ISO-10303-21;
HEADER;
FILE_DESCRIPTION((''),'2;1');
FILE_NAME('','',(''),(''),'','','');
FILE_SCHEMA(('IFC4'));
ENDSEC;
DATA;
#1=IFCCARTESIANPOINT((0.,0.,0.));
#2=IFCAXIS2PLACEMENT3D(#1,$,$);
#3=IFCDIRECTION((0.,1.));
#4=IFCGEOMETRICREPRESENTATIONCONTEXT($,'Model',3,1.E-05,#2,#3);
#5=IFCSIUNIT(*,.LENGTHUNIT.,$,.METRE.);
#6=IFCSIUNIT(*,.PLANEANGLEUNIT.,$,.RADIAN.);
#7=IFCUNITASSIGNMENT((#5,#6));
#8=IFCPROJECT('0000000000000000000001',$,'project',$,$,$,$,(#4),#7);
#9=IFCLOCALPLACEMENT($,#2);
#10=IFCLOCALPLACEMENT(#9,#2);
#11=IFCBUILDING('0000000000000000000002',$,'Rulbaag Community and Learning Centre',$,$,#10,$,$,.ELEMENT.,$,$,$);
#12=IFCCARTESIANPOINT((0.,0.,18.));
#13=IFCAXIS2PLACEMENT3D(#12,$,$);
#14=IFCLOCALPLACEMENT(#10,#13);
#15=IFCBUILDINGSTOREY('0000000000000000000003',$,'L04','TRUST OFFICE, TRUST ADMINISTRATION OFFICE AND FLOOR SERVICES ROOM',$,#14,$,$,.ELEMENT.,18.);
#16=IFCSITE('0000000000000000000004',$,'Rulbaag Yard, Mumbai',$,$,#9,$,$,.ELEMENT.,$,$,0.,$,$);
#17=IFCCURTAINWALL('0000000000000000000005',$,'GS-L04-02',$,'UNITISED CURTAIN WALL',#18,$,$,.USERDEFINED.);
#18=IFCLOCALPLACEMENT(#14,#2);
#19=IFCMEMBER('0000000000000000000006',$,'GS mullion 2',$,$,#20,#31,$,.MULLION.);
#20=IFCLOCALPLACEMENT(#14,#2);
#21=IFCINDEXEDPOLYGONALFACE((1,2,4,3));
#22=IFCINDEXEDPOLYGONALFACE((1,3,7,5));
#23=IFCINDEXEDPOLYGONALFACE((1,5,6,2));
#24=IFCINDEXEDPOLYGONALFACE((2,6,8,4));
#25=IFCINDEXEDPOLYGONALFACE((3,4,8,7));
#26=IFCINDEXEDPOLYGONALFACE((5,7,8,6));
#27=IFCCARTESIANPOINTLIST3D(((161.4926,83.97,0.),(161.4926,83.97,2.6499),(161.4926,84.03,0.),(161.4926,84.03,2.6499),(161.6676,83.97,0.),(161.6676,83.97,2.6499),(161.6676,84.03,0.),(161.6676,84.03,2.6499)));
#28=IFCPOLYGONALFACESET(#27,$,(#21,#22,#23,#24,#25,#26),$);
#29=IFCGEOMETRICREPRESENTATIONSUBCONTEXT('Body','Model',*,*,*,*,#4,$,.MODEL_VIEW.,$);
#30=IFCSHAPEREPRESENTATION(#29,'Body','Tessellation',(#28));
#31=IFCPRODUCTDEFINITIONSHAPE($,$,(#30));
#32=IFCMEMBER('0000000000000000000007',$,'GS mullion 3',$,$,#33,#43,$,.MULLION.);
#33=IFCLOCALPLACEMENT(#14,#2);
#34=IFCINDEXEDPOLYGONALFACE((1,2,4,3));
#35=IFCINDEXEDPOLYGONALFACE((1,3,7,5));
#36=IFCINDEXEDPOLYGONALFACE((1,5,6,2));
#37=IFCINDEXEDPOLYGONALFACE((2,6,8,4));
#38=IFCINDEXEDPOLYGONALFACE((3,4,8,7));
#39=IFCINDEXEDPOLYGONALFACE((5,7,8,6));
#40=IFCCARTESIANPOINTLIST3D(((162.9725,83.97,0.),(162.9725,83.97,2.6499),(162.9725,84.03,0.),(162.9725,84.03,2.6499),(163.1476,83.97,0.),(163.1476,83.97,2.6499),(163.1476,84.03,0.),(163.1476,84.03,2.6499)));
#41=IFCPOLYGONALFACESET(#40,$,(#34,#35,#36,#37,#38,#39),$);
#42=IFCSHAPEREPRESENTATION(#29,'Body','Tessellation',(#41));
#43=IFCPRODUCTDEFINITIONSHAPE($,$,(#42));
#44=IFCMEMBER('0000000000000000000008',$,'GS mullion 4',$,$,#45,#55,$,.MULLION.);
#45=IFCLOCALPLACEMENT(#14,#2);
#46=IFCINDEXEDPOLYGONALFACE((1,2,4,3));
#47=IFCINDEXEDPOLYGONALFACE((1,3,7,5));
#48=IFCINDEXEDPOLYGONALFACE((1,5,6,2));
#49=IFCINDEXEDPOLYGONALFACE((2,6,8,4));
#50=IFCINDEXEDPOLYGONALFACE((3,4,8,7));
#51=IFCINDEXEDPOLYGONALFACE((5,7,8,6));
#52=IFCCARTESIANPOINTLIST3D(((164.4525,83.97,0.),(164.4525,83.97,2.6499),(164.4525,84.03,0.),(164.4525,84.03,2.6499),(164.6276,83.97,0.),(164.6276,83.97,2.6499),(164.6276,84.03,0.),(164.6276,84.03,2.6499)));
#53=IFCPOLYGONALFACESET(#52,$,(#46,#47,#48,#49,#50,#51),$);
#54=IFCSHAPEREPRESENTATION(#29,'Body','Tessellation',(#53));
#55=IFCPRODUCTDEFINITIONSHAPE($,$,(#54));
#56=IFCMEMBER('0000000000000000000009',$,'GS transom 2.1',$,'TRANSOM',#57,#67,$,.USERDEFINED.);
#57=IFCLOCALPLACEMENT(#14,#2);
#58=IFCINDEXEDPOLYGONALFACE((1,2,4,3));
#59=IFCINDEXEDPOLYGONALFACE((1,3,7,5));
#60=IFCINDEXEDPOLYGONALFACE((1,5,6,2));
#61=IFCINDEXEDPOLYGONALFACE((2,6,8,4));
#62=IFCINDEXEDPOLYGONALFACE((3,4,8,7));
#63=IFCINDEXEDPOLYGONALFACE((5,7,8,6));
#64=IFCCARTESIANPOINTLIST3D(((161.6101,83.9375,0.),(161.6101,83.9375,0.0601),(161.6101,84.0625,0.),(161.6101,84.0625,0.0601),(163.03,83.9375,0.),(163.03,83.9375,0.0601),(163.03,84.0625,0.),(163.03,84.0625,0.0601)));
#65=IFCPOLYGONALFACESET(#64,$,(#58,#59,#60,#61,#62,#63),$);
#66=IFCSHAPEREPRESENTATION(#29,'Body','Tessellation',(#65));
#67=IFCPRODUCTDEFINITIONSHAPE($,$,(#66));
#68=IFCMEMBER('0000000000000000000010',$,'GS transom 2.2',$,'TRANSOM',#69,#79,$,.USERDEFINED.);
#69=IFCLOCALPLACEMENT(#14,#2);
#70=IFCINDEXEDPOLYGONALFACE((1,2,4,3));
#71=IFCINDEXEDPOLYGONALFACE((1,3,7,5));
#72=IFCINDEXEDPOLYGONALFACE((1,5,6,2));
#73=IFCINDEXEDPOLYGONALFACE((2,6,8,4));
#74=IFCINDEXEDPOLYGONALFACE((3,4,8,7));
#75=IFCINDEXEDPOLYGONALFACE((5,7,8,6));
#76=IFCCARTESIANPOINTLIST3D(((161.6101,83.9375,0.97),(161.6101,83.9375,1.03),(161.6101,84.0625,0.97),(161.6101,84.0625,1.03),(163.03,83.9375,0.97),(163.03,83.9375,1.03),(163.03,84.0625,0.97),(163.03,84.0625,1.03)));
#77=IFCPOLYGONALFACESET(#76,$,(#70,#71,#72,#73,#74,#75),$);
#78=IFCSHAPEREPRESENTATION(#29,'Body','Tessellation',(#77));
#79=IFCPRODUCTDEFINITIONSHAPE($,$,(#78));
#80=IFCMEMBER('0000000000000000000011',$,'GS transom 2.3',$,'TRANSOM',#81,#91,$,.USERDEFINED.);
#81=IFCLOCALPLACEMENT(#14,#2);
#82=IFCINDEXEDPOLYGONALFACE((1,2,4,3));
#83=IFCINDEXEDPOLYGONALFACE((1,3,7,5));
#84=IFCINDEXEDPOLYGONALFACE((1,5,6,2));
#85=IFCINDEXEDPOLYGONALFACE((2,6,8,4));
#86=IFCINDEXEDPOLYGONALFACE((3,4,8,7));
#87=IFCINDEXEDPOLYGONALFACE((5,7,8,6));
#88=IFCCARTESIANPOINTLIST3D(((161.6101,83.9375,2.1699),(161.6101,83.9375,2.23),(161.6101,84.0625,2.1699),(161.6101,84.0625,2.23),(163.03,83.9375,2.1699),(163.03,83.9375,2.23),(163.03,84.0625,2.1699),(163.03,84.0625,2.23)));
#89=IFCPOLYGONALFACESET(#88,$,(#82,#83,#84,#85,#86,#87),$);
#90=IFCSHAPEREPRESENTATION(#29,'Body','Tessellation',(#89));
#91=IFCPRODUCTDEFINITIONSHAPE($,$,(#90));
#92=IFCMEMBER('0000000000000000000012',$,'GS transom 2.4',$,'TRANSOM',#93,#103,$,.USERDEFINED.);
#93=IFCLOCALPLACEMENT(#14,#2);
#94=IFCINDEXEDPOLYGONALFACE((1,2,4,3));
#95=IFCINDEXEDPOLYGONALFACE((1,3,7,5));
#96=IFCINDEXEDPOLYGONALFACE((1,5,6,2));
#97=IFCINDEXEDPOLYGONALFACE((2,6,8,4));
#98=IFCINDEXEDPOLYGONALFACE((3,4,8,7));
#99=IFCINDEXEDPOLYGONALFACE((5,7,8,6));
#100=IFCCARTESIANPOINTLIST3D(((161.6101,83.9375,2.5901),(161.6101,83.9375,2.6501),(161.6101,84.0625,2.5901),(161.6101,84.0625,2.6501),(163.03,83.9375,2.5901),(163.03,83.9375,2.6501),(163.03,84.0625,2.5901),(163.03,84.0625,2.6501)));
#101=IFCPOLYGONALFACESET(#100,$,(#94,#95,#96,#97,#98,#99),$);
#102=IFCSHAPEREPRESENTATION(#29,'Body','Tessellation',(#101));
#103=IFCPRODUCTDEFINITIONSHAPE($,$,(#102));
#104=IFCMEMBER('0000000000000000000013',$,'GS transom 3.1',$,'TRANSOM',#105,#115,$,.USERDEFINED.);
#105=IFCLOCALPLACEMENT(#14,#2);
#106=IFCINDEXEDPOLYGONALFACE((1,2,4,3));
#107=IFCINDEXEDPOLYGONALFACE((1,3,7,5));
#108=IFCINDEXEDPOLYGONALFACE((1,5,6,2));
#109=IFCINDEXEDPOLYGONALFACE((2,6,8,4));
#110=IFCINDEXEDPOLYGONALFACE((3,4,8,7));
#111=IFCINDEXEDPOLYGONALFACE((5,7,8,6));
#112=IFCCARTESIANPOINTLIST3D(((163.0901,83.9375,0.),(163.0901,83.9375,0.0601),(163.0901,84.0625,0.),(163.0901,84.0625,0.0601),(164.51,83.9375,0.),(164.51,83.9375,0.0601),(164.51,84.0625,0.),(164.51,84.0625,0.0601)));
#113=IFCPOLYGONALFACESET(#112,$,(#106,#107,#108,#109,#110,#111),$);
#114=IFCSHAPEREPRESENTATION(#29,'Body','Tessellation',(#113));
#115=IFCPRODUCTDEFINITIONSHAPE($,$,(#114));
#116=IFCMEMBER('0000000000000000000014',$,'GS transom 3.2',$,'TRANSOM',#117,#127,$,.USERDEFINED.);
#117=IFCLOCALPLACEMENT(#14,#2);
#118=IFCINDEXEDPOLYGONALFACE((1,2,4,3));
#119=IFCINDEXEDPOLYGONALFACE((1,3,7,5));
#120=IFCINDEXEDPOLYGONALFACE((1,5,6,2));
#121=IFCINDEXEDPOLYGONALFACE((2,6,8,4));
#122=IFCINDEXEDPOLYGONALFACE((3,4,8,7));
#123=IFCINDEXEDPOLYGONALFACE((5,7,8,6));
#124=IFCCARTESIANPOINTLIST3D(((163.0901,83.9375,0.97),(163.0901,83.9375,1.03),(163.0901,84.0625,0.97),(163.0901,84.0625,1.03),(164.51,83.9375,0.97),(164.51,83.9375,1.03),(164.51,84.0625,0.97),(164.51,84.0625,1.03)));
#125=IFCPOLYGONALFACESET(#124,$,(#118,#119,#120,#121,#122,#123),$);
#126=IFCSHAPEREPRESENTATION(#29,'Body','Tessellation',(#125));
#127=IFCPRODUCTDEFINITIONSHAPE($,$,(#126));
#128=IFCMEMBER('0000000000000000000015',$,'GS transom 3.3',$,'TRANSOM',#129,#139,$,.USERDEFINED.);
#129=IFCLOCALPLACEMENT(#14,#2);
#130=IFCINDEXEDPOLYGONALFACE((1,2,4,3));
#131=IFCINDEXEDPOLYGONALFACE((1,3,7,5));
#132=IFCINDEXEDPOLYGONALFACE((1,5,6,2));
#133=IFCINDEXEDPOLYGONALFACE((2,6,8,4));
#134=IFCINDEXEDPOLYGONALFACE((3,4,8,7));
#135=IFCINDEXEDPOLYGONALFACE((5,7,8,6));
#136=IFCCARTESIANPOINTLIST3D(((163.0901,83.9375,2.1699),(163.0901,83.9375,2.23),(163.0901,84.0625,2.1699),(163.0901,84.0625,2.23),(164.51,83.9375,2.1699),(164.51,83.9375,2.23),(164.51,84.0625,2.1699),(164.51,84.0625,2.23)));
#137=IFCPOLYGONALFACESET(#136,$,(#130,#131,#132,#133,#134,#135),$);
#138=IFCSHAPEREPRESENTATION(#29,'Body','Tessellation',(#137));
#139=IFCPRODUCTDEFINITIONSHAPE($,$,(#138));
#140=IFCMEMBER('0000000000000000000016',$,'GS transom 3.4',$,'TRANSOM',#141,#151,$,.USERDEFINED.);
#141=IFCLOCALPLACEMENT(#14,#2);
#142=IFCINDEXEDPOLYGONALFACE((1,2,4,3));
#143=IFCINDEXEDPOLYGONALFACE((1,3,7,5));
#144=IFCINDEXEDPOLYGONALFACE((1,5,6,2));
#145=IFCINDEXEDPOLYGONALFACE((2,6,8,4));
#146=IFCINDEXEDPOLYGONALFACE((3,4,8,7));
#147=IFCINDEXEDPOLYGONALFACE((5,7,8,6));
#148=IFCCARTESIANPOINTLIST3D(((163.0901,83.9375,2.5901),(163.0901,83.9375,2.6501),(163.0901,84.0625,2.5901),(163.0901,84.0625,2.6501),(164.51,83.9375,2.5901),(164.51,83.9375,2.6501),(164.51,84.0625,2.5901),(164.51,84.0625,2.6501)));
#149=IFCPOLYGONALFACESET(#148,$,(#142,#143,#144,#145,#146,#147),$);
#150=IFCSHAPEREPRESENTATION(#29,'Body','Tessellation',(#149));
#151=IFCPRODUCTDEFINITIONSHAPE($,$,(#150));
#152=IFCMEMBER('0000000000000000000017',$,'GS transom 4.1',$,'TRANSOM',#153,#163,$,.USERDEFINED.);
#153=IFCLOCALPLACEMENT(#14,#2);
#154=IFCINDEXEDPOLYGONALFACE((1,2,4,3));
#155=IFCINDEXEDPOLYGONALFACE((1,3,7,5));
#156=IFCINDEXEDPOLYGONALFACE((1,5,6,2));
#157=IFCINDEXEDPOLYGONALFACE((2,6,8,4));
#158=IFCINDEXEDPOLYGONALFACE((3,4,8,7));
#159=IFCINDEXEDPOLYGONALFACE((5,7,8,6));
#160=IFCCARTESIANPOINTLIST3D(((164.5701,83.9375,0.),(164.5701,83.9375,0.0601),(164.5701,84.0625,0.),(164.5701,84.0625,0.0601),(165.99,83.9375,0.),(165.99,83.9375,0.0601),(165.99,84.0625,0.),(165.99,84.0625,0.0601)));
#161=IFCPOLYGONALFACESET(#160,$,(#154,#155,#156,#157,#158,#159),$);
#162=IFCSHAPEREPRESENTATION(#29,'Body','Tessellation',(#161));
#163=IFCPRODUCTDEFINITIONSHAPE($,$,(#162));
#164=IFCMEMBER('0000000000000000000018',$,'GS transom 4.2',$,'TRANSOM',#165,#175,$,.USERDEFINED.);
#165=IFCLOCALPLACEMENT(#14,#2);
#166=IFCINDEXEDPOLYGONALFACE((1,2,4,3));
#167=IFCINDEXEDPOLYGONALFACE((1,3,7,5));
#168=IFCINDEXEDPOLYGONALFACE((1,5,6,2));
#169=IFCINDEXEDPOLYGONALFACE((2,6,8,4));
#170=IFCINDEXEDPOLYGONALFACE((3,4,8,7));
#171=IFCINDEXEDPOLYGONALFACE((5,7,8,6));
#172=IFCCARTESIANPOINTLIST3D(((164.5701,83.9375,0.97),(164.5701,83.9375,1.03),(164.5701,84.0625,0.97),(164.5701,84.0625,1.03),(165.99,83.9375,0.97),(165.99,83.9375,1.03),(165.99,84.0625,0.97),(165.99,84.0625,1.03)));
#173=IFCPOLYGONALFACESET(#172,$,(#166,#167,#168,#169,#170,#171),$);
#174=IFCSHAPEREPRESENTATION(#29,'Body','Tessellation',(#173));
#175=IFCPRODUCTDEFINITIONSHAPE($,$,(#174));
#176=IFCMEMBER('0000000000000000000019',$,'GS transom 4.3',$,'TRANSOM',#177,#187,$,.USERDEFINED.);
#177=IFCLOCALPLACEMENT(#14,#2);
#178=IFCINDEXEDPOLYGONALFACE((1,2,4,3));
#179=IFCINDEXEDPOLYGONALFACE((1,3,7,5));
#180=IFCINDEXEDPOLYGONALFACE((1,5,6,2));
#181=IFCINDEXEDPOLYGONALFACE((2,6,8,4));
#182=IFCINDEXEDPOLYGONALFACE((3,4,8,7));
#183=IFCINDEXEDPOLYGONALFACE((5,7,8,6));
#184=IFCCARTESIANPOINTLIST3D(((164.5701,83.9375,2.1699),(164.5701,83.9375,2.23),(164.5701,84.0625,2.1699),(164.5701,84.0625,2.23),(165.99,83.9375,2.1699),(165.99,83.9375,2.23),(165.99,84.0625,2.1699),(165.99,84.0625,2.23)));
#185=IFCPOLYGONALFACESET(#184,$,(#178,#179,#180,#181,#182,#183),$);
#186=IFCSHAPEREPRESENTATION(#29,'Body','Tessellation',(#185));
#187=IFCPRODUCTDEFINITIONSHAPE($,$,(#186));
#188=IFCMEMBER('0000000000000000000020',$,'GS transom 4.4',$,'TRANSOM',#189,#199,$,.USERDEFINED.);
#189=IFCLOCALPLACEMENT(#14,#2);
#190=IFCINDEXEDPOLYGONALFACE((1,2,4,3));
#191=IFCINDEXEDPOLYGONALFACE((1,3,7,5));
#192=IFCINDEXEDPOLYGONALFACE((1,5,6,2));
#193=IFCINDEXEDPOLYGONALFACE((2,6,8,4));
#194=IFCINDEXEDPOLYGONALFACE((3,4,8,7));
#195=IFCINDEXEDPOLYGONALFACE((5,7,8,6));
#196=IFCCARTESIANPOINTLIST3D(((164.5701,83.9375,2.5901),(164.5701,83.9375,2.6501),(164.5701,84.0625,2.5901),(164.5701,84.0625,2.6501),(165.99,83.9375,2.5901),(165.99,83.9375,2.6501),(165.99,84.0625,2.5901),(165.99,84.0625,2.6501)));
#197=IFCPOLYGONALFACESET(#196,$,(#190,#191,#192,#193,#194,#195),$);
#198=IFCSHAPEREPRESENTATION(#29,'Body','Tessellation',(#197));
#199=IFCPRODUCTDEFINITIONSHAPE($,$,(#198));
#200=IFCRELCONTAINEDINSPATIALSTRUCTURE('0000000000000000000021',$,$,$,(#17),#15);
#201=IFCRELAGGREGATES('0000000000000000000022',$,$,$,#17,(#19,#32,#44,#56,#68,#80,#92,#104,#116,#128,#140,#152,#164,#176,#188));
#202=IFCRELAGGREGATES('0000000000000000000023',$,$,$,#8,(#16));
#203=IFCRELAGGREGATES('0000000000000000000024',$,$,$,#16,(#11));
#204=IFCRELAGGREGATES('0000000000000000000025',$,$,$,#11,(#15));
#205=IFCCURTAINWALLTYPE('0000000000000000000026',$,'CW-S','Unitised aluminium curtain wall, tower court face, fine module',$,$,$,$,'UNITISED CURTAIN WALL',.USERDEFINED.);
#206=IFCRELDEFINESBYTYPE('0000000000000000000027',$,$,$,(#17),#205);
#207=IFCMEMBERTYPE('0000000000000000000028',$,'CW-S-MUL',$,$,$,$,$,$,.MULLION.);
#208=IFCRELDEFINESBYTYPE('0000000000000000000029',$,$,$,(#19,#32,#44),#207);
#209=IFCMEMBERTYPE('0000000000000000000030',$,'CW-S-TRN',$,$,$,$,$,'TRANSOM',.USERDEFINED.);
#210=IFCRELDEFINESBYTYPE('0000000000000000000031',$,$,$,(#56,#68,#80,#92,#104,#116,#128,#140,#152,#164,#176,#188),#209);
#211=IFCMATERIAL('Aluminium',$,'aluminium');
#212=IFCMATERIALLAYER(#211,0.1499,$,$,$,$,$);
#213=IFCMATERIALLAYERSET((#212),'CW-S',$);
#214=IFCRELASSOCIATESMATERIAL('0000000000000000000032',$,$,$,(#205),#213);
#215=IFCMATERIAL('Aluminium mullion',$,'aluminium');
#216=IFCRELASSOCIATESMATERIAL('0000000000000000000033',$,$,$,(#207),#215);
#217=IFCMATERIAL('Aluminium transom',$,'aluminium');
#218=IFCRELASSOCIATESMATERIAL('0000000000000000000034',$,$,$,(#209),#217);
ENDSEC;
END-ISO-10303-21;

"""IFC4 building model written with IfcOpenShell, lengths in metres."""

from ifc_helpers import new_model, si_unit, direction, frame, origin, origin_2d, place, context, subcontext, project, spatial, rectangle, extrude, material, layer, layer_set, material_profile, profile_set, type_object, element, aggregate, save


model = new_model("IFC4")

# Units and contexts
model_context = context("Model", 3, precision=1e-05, world=origin(), true_north=direction((0.0, 1.0)))
body_context = subcontext(model_context, "Body", "Model", "MODEL_VIEW")
ifc_project = project(units=[si_unit("LENGTHUNIT", "METRE"), si_unit("PLANEANGLEUNIT", "RADIAN")], contexts=[model_context])

# Site, building, storey
site_placement = place(None, origin())
site = spatial("IfcSite", under=ifc_project, at=site_placement, Name="Rulbaag Yard, Mumbai", CompositionType="ELEMENT", RefElevation=0.0)
building_placement = place(site_placement, origin())
building = spatial("IfcBuilding", under=site, at=building_placement, Name="Rulbaag Community and Learning Centre", CompositionType="ELEMENT")
storey_placement = place(building_placement, frame((0.0, 0.0, 18.0)))
storey = spatial("IfcBuildingStorey", under=building, at=storey_placement, Name="L04", Description="TRUST OFFICE, TRUST ADMINISTRATION OFFICE AND FLOOR SERVICES ROOM", CompositionType="ELEMENT", Elevation=18.0)

# Curtain wall, members
ifc_material_1 = material(Name="Aluminium", Category="aluminium")
ifc_layer_1 = layer(ifc_material_1, 0.1499)
ifc_layer_set_1 = layer_set([ifc_layer_1], Name="CW-S")
curtain_wall_type = type_object("IfcCurtainWallType", Name="CW-S", Description="Unitised aluminium curtain wall, tower court face, fine module", ElementType="UNITISED CURTAIN WALL", PredefinedType="USERDEFINED", material=ifc_layer_set_1)
curtain_wall_placement = place(storey_placement, origin())
curtain_wall = element("IfcCurtainWall", 1, at=curtain_wall_placement, inside=storey, type_object=curtain_wall_type, Name="GS-L04-02", ObjectType="UNITISED CURTAIN WALL", PredefinedType="USERDEFINED")
ifc_material_2 = material(Name="Aluminium mullion", Category="aluminium")
ifc_material_profile_1 = material_profile(ifc_material_2, rectangle(XDim=0.0601, YDim=0.175, at=origin_2d()), Name="AL 60x175")
ifc_profile_set_1 = profile_set([ifc_material_profile_1], Name="Aluminium mullion")
member_type_1 = type_object("IfcMemberType", Name="CW-S-MUL", PredefinedType="MULLION", material=ifc_profile_set_1)
member_1_placement = place(storey_placement, frame((161.5801, 84.0, 0.0), z_axis=(0.0, 0.0, 1.0), x_axis=(0.0, 1.0, 0.0)))
member_1 = element("IfcMember", 2, at=member_1_placement, type_object=member_type_1, Name="GS mullion 2", PredefinedType="MULLION", context=body_context, shape_type="SweptSolid", body=[
    extrude(rectangle(XDim=0.0601, YDim=0.175, at=origin_2d()), origin(), (0.0, 0.0, 1.0), 2.6499),
])
member_2_placement = place(storey_placement, frame((163.0601, 84.0, 0.0), z_axis=(0.0, 0.0, 1.0), x_axis=(0.0, 1.0, 0.0)))
member_2 = element("IfcMember", 3, at=member_2_placement, type_object=member_type_1, Name="GS mullion 3", PredefinedType="MULLION", context=body_context, shape_type="SweptSolid", body=[
    extrude(rectangle(XDim=0.0601, YDim=0.175, at=origin_2d()), origin(), (0.0, 0.0, 1.0), 2.6499),
])
member_3_placement = place(storey_placement, frame((164.54, 84.0, 0.0), z_axis=(0.0, 0.0, 1.0), x_axis=(0.0, 1.0, 0.0)))
member_3 = element("IfcMember", 4, at=member_3_placement, type_object=member_type_1, Name="GS mullion 4", PredefinedType="MULLION", context=body_context, shape_type="SweptSolid", body=[
    extrude(rectangle(XDim=0.0601, YDim=0.175, at=origin_2d()), origin(), (0.0, 0.0, 1.0), 2.6499),
])
ifc_material_3 = material(Name="Aluminium transom", Category="aluminium")
ifc_material_profile_2 = material_profile(ifc_material_3, rectangle(XDim=0.125, YDim=0.0601, at=origin_2d()), Name="AL 60x125 T")
ifc_profile_set_2 = profile_set([ifc_material_profile_2], Name="Aluminium transom")
member_type_2 = type_object("IfcMemberType", Name="CW-S-TRN", ElementType="TRANSOM", PredefinedType="USERDEFINED", material=ifc_profile_set_2)
member_4_placement = place(storey_placement, frame((161.6101, 84.0, 0.03), z_axis=(1.0, 0.0, 0.0), x_axis=(0.0, 1.0, 0.0)))
member_4 = element("IfcMember", 5, at=member_4_placement, type_object=member_type_2, Name="GS transom 2.1", ObjectType="TRANSOM", PredefinedType="USERDEFINED", context=body_context, shape_type="SweptSolid", body=[
    extrude(rectangle(XDim=0.125, YDim=0.0601, at=origin_2d()), origin(), (0.0, 0.0, 1.0), 1.4199),
])
member_5_placement = place(storey_placement, frame((161.6101, 84.0, 1.0), z_axis=(1.0, 0.0, 0.0), x_axis=(0.0, 1.0, 0.0)))
member_5 = element("IfcMember", 6, at=member_5_placement, type_object=member_type_2, Name="GS transom 2.2", ObjectType="TRANSOM", PredefinedType="USERDEFINED", context=body_context, shape_type="SweptSolid", body=[
    extrude(rectangle(XDim=0.125, YDim=0.0601, at=origin_2d()), origin(), (0.0, 0.0, 1.0), 1.4199),
])
member_6_placement = place(storey_placement, frame((161.6101, 84.0, 2.2), z_axis=(1.0, 0.0, 0.0), x_axis=(0.0, 1.0, 0.0)))
member_6 = element("IfcMember", 7, at=member_6_placement, type_object=member_type_2, Name="GS transom 2.3", ObjectType="TRANSOM", PredefinedType="USERDEFINED", context=body_context, shape_type="SweptSolid", body=[
    extrude(rectangle(XDim=0.125, YDim=0.0601, at=origin_2d()), origin(), (0.0, 0.0, 1.0), 1.4199),
])
member_7_placement = place(storey_placement, frame((161.6101, 84.0, 2.6201), z_axis=(1.0, 0.0, 0.0), x_axis=(0.0, 1.0, 0.0)))
member_7 = element("IfcMember", 8, at=member_7_placement, type_object=member_type_2, Name="GS transom 2.4", ObjectType="TRANSOM", PredefinedType="USERDEFINED", context=body_context, shape_type="SweptSolid", body=[
    extrude(rectangle(XDim=0.125, YDim=0.0601, at=origin_2d()), origin(), (0.0, 0.0, 1.0), 1.4199),
])
member_8_placement = place(storey_placement, frame((163.0901, 84.0, 0.03), z_axis=(1.0, 0.0, 0.0), x_axis=(0.0, 1.0, 0.0)))
member_8 = element("IfcMember", 9, at=member_8_placement, type_object=member_type_2, Name="GS transom 3.1", ObjectType="TRANSOM", PredefinedType="USERDEFINED", context=body_context, shape_type="SweptSolid", body=[
    extrude(rectangle(XDim=0.125, YDim=0.0601, at=origin_2d()), origin(), (0.0, 0.0, 1.0), 1.4199),
])
member_9_placement = place(storey_placement, frame((163.0901, 84.0, 1.0), z_axis=(1.0, 0.0, 0.0), x_axis=(0.0, 1.0, 0.0)))
member_9 = element("IfcMember", 10, at=member_9_placement, type_object=member_type_2, Name="GS transom 3.2", ObjectType="TRANSOM", PredefinedType="USERDEFINED", context=body_context, shape_type="SweptSolid", body=[
    extrude(rectangle(XDim=0.125, YDim=0.0601, at=origin_2d()), origin(), (0.0, 0.0, 1.0), 1.4199),
])
member_10_placement = place(storey_placement, frame((163.0901, 84.0, 2.2), z_axis=(1.0, 0.0, 0.0), x_axis=(0.0, 1.0, 0.0)))
member_10 = element("IfcMember", 11, at=member_10_placement, type_object=member_type_2, Name="GS transom 3.3", ObjectType="TRANSOM", PredefinedType="USERDEFINED", context=body_context, shape_type="SweptSolid", body=[
    extrude(rectangle(XDim=0.125, YDim=0.0601, at=origin_2d()), origin(), (0.0, 0.0, 1.0), 1.4199),
])
member_11_placement = place(storey_placement, frame((163.0901, 84.0, 2.6201), z_axis=(1.0, 0.0, 0.0), x_axis=(0.0, 1.0, 0.0)))
member_11 = element("IfcMember", 12, at=member_11_placement, type_object=member_type_2, Name="GS transom 3.4", ObjectType="TRANSOM", PredefinedType="USERDEFINED", context=body_context, shape_type="SweptSolid", body=[
    extrude(rectangle(XDim=0.125, YDim=0.0601, at=origin_2d()), origin(), (0.0, 0.0, 1.0), 1.4199),
])
member_12_placement = place(storey_placement, frame((164.5701, 84.0, 0.03), z_axis=(1.0, 0.0, 0.0), x_axis=(0.0, 1.0, 0.0)))
member_12 = element("IfcMember", 13, at=member_12_placement, type_object=member_type_2, Name="GS transom 4.1", ObjectType="TRANSOM", PredefinedType="USERDEFINED", context=body_context, shape_type="SweptSolid", body=[
    extrude(rectangle(XDim=0.125, YDim=0.0601, at=origin_2d()), origin(), (0.0, 0.0, 1.0), 1.4199),
])
member_13_placement = place(storey_placement, frame((164.5701, 84.0, 1.0), z_axis=(1.0, 0.0, 0.0), x_axis=(0.0, 1.0, 0.0)))
member_13 = element("IfcMember", 14, at=member_13_placement, type_object=member_type_2, Name="GS transom 4.2", ObjectType="TRANSOM", PredefinedType="USERDEFINED", context=body_context, shape_type="SweptSolid", body=[
    extrude(rectangle(XDim=0.125, YDim=0.0601, at=origin_2d()), origin(), (0.0, 0.0, 1.0), 1.4199),
])
member_14_placement = place(storey_placement, frame((164.5701, 84.0, 2.2), z_axis=(1.0, 0.0, 0.0), x_axis=(0.0, 1.0, 0.0)))
member_14 = element("IfcMember", 15, at=member_14_placement, type_object=member_type_2, Name="GS transom 4.3", ObjectType="TRANSOM", PredefinedType="USERDEFINED", context=body_context, shape_type="SweptSolid", body=[
    extrude(rectangle(XDim=0.125, YDim=0.0601, at=origin_2d()), origin(), (0.0, 0.0, 1.0), 1.4199),
])
member_15_placement = place(storey_placement, frame((164.5701, 84.0, 2.6201), z_axis=(1.0, 0.0, 0.0), x_axis=(0.0, 1.0, 0.0)))
member_15 = element("IfcMember", 16, at=member_15_placement, type_object=member_type_2, Name="GS transom 4.4", ObjectType="TRANSOM", PredefinedType="USERDEFINED", context=body_context, shape_type="SweptSolid", body=[
    extrude(rectangle(XDim=0.125, YDim=0.0601, at=origin_2d()), origin(), (0.0, 0.0, 1.0), 1.4199),
])
aggregate(curtain_wall, [member_1, member_2, member_3, member_4, member_5, member_6, member_7, member_8, member_9, member_10, member_11, member_12, member_13, member_14, member_15])

save(model, "model.ifc")
